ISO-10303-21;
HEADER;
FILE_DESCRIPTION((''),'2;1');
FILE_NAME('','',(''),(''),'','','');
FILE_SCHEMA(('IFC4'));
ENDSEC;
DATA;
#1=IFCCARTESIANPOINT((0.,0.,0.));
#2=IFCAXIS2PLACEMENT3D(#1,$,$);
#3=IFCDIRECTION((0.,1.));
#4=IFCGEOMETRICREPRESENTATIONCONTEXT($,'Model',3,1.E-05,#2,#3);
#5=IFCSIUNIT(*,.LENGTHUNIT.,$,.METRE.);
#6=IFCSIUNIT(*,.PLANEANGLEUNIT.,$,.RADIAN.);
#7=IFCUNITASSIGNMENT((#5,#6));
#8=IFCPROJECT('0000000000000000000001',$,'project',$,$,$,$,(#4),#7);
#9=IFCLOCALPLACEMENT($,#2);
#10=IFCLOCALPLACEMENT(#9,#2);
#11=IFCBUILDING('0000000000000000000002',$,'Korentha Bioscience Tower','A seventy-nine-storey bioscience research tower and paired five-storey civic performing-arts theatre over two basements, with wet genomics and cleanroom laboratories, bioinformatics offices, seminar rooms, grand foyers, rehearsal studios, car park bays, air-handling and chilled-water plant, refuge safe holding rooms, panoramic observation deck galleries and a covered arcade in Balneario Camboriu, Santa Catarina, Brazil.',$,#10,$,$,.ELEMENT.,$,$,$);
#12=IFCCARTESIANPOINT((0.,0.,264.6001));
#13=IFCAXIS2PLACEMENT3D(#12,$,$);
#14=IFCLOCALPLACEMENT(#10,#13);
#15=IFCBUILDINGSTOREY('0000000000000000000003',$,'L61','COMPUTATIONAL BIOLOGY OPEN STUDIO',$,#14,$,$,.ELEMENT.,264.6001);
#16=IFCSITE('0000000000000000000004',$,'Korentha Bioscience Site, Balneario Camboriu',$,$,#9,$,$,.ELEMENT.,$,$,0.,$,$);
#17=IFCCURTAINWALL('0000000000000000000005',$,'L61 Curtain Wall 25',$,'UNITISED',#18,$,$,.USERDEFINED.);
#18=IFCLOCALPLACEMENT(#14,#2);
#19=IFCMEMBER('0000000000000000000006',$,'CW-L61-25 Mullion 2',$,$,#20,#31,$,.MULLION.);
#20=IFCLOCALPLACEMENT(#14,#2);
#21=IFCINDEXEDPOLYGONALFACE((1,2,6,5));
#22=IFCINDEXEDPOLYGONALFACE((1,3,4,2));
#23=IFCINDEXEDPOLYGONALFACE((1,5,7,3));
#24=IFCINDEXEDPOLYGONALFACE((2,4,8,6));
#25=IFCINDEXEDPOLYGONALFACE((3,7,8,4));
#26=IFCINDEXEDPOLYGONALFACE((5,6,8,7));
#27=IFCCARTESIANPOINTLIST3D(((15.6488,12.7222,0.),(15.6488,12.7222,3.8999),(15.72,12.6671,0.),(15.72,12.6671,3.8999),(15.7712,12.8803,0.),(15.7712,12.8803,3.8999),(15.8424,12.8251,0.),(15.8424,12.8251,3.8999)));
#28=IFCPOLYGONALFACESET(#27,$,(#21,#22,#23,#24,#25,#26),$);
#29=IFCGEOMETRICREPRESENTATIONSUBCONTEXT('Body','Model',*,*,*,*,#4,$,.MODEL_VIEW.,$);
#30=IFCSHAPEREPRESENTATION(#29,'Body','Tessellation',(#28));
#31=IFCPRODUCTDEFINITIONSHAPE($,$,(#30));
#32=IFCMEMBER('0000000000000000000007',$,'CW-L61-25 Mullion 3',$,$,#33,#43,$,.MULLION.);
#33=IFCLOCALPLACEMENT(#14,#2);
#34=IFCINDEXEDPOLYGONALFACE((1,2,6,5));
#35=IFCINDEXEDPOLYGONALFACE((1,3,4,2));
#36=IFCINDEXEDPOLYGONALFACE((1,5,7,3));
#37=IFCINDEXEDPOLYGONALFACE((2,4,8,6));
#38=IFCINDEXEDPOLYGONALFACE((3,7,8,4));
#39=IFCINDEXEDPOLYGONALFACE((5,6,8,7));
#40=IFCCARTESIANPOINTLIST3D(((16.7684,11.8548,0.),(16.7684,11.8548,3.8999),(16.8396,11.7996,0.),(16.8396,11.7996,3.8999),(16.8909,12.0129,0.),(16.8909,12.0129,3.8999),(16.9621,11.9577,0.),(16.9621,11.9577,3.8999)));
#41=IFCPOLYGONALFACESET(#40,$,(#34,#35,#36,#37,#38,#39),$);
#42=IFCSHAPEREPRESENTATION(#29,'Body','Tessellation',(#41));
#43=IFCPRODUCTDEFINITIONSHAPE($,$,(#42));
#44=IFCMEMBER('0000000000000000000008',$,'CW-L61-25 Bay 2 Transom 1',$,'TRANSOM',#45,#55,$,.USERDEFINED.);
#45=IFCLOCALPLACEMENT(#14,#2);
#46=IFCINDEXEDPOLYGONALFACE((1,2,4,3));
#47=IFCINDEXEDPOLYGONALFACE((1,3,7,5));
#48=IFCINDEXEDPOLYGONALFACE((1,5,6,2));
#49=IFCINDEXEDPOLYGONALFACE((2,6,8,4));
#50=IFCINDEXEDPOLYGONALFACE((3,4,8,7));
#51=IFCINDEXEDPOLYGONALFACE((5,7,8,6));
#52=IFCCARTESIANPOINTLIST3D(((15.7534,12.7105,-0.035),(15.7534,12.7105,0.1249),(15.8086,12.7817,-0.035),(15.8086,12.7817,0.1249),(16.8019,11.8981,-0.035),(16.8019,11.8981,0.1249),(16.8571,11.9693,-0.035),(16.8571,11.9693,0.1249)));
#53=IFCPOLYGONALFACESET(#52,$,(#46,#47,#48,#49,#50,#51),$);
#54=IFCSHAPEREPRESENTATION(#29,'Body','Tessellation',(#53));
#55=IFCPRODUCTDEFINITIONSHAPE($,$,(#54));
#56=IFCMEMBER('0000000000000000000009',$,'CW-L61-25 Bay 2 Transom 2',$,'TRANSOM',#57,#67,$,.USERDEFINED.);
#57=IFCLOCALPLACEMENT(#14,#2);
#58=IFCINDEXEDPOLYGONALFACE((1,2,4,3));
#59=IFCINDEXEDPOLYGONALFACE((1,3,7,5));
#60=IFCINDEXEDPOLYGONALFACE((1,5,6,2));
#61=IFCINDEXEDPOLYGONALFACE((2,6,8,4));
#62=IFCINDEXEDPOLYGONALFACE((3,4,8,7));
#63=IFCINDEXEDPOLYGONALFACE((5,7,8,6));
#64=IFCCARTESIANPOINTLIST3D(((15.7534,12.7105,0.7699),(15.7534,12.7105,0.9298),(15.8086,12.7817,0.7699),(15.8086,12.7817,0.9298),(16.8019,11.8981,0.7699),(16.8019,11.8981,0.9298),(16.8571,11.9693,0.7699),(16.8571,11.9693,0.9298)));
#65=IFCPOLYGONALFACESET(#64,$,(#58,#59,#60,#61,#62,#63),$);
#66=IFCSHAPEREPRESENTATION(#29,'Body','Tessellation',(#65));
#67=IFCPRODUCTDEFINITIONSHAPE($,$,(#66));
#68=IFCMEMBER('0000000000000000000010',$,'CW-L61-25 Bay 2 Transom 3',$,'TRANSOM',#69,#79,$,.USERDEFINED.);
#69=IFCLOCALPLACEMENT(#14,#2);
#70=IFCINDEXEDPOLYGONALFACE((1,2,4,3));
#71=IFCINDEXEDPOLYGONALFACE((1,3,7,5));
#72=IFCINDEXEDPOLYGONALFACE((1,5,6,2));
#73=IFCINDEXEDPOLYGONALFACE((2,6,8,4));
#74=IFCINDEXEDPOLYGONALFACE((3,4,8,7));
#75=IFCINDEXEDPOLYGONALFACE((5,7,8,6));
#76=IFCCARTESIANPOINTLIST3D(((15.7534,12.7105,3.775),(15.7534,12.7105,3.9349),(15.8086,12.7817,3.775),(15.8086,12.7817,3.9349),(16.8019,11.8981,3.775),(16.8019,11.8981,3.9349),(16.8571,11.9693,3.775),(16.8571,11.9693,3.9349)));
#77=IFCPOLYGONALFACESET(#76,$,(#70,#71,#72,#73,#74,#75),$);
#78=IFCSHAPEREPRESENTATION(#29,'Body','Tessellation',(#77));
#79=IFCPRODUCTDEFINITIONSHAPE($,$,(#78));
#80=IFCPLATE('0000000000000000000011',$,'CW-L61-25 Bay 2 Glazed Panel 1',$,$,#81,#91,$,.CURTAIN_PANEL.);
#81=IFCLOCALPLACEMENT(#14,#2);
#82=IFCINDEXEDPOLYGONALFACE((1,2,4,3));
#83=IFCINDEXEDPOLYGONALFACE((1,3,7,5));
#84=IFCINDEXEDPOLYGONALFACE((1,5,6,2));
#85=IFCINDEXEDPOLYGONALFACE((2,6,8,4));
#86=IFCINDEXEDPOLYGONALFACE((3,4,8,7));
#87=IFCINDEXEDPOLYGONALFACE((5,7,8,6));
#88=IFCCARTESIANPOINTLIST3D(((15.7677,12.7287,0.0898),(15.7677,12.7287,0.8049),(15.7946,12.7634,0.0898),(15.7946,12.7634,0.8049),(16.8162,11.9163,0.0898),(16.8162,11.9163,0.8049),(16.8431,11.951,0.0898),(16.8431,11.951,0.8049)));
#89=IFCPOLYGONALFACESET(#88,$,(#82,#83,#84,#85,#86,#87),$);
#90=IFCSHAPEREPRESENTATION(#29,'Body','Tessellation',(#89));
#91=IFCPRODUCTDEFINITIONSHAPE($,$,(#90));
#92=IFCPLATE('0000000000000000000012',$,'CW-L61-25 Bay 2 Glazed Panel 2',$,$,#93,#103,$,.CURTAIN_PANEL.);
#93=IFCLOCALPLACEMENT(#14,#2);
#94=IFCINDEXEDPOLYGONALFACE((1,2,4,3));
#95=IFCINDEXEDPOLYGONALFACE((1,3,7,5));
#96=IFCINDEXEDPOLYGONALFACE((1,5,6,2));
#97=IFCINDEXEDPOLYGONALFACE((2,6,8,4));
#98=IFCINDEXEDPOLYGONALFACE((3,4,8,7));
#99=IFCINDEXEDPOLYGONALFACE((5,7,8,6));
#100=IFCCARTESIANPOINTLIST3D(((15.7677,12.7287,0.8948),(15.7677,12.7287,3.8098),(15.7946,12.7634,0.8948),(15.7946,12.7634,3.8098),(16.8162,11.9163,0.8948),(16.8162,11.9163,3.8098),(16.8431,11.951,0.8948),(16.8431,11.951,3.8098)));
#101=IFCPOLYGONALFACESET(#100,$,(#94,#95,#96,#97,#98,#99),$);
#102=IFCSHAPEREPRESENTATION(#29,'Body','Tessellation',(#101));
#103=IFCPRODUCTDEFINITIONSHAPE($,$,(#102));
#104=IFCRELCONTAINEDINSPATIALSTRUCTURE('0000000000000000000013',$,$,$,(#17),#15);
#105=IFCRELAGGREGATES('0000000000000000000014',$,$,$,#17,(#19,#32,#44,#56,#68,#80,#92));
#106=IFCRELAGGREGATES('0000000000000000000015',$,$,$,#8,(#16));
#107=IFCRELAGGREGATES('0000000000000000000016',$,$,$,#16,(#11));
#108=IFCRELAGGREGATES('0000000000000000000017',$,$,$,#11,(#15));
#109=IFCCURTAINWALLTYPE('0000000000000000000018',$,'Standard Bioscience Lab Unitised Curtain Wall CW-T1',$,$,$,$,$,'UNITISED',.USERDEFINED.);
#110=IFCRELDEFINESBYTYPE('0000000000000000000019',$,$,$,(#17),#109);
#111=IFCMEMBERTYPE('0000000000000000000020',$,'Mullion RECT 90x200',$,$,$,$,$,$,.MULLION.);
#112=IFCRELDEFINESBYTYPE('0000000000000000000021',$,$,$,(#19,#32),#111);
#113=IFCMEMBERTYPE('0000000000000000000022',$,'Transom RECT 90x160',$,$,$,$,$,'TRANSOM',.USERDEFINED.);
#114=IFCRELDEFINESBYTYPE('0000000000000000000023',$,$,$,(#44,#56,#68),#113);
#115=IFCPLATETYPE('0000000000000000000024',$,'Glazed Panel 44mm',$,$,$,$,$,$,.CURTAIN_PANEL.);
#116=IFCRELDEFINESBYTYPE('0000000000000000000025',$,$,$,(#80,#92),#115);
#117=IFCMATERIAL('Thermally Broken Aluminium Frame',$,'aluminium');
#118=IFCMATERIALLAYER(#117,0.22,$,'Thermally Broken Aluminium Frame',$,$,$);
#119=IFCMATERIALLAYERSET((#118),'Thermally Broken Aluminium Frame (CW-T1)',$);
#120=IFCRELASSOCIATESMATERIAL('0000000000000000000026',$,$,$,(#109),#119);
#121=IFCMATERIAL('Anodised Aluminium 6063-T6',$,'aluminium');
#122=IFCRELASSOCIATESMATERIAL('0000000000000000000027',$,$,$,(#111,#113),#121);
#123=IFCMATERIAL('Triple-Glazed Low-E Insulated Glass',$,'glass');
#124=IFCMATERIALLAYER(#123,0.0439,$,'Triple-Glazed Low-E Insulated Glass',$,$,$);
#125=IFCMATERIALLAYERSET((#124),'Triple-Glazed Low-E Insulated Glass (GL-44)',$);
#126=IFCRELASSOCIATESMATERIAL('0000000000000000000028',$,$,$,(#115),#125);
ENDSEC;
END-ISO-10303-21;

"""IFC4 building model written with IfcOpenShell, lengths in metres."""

from ifc_helpers import new_model, si_unit, direction, frame, origin, origin_2d, place, context, subcontext, project, spatial, rectangle, extrude, material, layer, layer_set, material_profile, profile_set, type_object, element, aggregate, save


model = new_model("IFC4")

# Units and contexts
model_context = context("Model", 3, precision=1e-05, world=origin(), true_north=direction((0.0, 1.0)))
body_context = subcontext(model_context, "Body", "Model", "MODEL_VIEW")
ifc_project = project(units=[si_unit("LENGTHUNIT", "METRE"), si_unit("PLANEANGLEUNIT", "RADIAN")], contexts=[model_context])

# Site, building, storey
site_placement = place(None, origin())
site = spatial("IfcSite", under=ifc_project, at=site_placement, Name="Korentha Bioscience Site, Balneario Camboriu", CompositionType="ELEMENT", RefElevation=0.0)
building_placement = place(site_placement, origin())
building = spatial("IfcBuilding", under=site, at=building_placement, Name="Korentha Bioscience Tower", Description="A seventy-nine-storey bioscience research tower and paired five-storey civic performing-arts theatre over two basements, with wet genomics and cleanroom laboratories, bioinformatics offices, seminar rooms, grand foyers, rehearsal studios, car park bays, air-handling and chilled-water plant, refuge safe holding rooms, panoramic observation deck galleries and a covered arcade in Balneario Camboriu, Santa Catarina, Brazil.", CompositionType="ELEMENT")
storey_placement = place(building_placement, frame((0.0, 0.0, 264.6001)))
storey = spatial("IfcBuildingStorey", under=building, at=storey_placement, Name="L61", Description="COMPUTATIONAL BIOLOGY OPEN STUDIO", CompositionType="ELEMENT", Elevation=264.6001)

# Curtain wall, members, plates
ifc_material_1 = material(Name="Thermally Broken Aluminium Frame", Category="aluminium")
ifc_layer_1 = layer(ifc_material_1, 0.22, Name="Thermally Broken Aluminium Frame")
ifc_layer_set_1 = layer_set([ifc_layer_1], Name="Thermally Broken Aluminium Frame (CW-T1)")
curtain_wall_type = type_object("IfcCurtainWallType", Name="Standard Bioscience Lab Unitised Curtain Wall CW-T1", ElementType="UNITISED", PredefinedType="USERDEFINED", material=ifc_layer_set_1)
curtain_wall_placement = place(storey_placement, origin())
curtain_wall = element("IfcCurtainWall", 1, at=curtain_wall_placement, inside=storey, type_object=curtain_wall_type, Name="L61 Curtain Wall 25", ObjectType="UNITISED", PredefinedType="USERDEFINED")
ifc_material_2 = material(Name="Anodised Aluminium 6063-T6", Category="aluminium")
ifc_material_profile_1 = material_profile(ifc_material_2, rectangle(XDim=0.0901, YDim=0.2, at=origin_2d()), Name="Anodised Aluminium 6063-T6")
ifc_profile_set_1 = profile_set([ifc_material_profile_1], Name="Anodised Aluminium 6063-T6 (CW-MUL)")
member_type_1 = type_object("IfcMemberType", Name="Mullion RECT 90x200", PredefinedType="MULLION", material=ifc_profile_set_1)
member_1_placement = place(storey_placement, frame((15.7456, 12.7737, 0.0), z_axis=(0.0, 0.0, 1.0), x_axis=(0.790488, -0.612478, 0.0)))
member_1 = element("IfcMember", 2, at=member_1_placement, type_object=member_type_1, Name="CW-L61-25 Mullion 2", PredefinedType="MULLION", context=body_context, shape_type="SweptSolid", body=[
    extrude(rectangle(XDim=0.0901, YDim=0.2, at=origin_2d()), origin(), (0.0, 0.0, 1.0), 3.8999),
])
member_2_placement = place(storey_placement, frame((16.8652, 11.9062, 0.0), z_axis=(0.0, 0.0, 1.0), x_axis=(0.790488, -0.612478, 0.0)))
member_2 = element("IfcMember", 3, at=member_2_placement, type_object=member_type_1, Name="CW-L61-25 Mullion 3", PredefinedType="MULLION", context=body_context, shape_type="SweptSolid", body=[
    extrude(rectangle(XDim=0.0901, YDim=0.2, at=origin_2d()), origin(), (0.0, 0.0, 1.0), 3.8999),
])
ifc_material_profile_2 = material_profile(ifc_material_2, rectangle(XDim=0.0901, YDim=0.1599, at=origin_2d()), Name="Anodised Aluminium 6063-T6")
ifc_profile_set_2 = profile_set([ifc_material_profile_2], Name="Anodised Aluminium 6063-T6 (CW-TRN)")
member_type_2 = type_object("IfcMemberType", Name="Transom RECT 90x160", ElementType="TRANSOM", PredefinedType="USERDEFINED", material=ifc_profile_set_2)
member_3_placement = place(storey_placement, frame((15.781, 12.7461, 0.0449), z_axis=(0.790471, -0.6125, 0.0), x_axis=(0.6125, 0.790471, 0.0)))
member_3 = element("IfcMember", 4, at=member_3_placement, type_object=member_type_2, Name="CW-L61-25 Bay 2 Transom 1", ObjectType="TRANSOM", PredefinedType="USERDEFINED", context=body_context, shape_type="SweptSolid", body=[
    extrude(rectangle(XDim=0.0901, YDim=0.1599, at=origin_2d()), origin(), (0.0, 0.0, 1.0), 1.3264),
])
member_4_placement = place(storey_placement, frame((15.781, 12.7461, 0.8499), z_axis=(0.790471, -0.6125, 0.0), x_axis=(0.6125, 0.790471, 0.0)))
member_4 = element("IfcMember", 5, at=member_4_placement, type_object=member_type_2, Name="CW-L61-25 Bay 2 Transom 2", ObjectType="TRANSOM", PredefinedType="USERDEFINED", context=body_context, shape_type="SweptSolid", body=[
    extrude(rectangle(XDim=0.0901, YDim=0.1599, at=origin_2d()), origin(), (0.0, 0.0, 1.0), 1.3264),
])
member_5_placement = place(storey_placement, frame((15.781, 12.7461, 3.855), z_axis=(0.790471, -0.6125, 0.0), x_axis=(0.6125, 0.790471, 0.0)))
member_5 = element("IfcMember", 6, at=member_5_placement, type_object=member_type_2, Name="CW-L61-25 Bay 2 Transom 3", ObjectType="TRANSOM", PredefinedType="USERDEFINED", context=body_context, shape_type="SweptSolid", body=[
    extrude(rectangle(XDim=0.0901, YDim=0.1599, at=origin_2d()), origin(), (0.0, 0.0, 1.0), 1.3264),
])
ifc_material_3 = material(Name="Triple-Glazed Low-E Insulated Glass", Category="glass")
ifc_layer_2 = layer(ifc_material_3, 0.0439, Name="Triple-Glazed Low-E Insulated Glass")
ifc_layer_set_2 = layer_set([ifc_layer_2], Name="Triple-Glazed Low-E Insulated Glass (GL-44)")
plate_type = type_object("IfcPlateType", Name="Glazed Panel 44mm", PredefinedType="CURTAIN_PANEL", material=ifc_layer_set_2)
plate_1_placement = place(storey_placement, frame((16.3054, 12.3398, 0.0898), z_axis=(0.0, 0.0, 1.0), x_axis=(0.790488, -0.612478, 0.0)))
plate_1 = element("IfcPlate", 7, at=plate_1_placement, type_object=plate_type, Name="CW-L61-25 Bay 2 Glazed Panel 1", PredefinedType="CURTAIN_PANEL", context=body_context, shape_type="SweptSolid", body=[
    extrude(rectangle(XDim=1.3264, YDim=0.0439, at=origin_2d()), origin(), (0.0, 0.0, 1.0), 0.7151),
])
plate_2_placement = place(storey_placement, frame((16.3054, 12.3398, 0.8948), z_axis=(0.0, 0.0, 1.0), x_axis=(0.790488, -0.612478, 0.0)))
plate_2 = element("IfcPlate", 8, at=plate_2_placement, type_object=plate_type, Name="CW-L61-25 Bay 2 Glazed Panel 2", PredefinedType="CURTAIN_PANEL", context=body_context, shape_type="SweptSolid", body=[
    extrude(rectangle(XDim=1.3264, YDim=0.0439, at=origin_2d()), origin(), (0.0, 0.0, 1.0), 2.915),
])
aggregate(curtain_wall, [member_1, member_2, member_3, member_4, member_5, plate_1, plate_2])

save(model, "model.ifc")
